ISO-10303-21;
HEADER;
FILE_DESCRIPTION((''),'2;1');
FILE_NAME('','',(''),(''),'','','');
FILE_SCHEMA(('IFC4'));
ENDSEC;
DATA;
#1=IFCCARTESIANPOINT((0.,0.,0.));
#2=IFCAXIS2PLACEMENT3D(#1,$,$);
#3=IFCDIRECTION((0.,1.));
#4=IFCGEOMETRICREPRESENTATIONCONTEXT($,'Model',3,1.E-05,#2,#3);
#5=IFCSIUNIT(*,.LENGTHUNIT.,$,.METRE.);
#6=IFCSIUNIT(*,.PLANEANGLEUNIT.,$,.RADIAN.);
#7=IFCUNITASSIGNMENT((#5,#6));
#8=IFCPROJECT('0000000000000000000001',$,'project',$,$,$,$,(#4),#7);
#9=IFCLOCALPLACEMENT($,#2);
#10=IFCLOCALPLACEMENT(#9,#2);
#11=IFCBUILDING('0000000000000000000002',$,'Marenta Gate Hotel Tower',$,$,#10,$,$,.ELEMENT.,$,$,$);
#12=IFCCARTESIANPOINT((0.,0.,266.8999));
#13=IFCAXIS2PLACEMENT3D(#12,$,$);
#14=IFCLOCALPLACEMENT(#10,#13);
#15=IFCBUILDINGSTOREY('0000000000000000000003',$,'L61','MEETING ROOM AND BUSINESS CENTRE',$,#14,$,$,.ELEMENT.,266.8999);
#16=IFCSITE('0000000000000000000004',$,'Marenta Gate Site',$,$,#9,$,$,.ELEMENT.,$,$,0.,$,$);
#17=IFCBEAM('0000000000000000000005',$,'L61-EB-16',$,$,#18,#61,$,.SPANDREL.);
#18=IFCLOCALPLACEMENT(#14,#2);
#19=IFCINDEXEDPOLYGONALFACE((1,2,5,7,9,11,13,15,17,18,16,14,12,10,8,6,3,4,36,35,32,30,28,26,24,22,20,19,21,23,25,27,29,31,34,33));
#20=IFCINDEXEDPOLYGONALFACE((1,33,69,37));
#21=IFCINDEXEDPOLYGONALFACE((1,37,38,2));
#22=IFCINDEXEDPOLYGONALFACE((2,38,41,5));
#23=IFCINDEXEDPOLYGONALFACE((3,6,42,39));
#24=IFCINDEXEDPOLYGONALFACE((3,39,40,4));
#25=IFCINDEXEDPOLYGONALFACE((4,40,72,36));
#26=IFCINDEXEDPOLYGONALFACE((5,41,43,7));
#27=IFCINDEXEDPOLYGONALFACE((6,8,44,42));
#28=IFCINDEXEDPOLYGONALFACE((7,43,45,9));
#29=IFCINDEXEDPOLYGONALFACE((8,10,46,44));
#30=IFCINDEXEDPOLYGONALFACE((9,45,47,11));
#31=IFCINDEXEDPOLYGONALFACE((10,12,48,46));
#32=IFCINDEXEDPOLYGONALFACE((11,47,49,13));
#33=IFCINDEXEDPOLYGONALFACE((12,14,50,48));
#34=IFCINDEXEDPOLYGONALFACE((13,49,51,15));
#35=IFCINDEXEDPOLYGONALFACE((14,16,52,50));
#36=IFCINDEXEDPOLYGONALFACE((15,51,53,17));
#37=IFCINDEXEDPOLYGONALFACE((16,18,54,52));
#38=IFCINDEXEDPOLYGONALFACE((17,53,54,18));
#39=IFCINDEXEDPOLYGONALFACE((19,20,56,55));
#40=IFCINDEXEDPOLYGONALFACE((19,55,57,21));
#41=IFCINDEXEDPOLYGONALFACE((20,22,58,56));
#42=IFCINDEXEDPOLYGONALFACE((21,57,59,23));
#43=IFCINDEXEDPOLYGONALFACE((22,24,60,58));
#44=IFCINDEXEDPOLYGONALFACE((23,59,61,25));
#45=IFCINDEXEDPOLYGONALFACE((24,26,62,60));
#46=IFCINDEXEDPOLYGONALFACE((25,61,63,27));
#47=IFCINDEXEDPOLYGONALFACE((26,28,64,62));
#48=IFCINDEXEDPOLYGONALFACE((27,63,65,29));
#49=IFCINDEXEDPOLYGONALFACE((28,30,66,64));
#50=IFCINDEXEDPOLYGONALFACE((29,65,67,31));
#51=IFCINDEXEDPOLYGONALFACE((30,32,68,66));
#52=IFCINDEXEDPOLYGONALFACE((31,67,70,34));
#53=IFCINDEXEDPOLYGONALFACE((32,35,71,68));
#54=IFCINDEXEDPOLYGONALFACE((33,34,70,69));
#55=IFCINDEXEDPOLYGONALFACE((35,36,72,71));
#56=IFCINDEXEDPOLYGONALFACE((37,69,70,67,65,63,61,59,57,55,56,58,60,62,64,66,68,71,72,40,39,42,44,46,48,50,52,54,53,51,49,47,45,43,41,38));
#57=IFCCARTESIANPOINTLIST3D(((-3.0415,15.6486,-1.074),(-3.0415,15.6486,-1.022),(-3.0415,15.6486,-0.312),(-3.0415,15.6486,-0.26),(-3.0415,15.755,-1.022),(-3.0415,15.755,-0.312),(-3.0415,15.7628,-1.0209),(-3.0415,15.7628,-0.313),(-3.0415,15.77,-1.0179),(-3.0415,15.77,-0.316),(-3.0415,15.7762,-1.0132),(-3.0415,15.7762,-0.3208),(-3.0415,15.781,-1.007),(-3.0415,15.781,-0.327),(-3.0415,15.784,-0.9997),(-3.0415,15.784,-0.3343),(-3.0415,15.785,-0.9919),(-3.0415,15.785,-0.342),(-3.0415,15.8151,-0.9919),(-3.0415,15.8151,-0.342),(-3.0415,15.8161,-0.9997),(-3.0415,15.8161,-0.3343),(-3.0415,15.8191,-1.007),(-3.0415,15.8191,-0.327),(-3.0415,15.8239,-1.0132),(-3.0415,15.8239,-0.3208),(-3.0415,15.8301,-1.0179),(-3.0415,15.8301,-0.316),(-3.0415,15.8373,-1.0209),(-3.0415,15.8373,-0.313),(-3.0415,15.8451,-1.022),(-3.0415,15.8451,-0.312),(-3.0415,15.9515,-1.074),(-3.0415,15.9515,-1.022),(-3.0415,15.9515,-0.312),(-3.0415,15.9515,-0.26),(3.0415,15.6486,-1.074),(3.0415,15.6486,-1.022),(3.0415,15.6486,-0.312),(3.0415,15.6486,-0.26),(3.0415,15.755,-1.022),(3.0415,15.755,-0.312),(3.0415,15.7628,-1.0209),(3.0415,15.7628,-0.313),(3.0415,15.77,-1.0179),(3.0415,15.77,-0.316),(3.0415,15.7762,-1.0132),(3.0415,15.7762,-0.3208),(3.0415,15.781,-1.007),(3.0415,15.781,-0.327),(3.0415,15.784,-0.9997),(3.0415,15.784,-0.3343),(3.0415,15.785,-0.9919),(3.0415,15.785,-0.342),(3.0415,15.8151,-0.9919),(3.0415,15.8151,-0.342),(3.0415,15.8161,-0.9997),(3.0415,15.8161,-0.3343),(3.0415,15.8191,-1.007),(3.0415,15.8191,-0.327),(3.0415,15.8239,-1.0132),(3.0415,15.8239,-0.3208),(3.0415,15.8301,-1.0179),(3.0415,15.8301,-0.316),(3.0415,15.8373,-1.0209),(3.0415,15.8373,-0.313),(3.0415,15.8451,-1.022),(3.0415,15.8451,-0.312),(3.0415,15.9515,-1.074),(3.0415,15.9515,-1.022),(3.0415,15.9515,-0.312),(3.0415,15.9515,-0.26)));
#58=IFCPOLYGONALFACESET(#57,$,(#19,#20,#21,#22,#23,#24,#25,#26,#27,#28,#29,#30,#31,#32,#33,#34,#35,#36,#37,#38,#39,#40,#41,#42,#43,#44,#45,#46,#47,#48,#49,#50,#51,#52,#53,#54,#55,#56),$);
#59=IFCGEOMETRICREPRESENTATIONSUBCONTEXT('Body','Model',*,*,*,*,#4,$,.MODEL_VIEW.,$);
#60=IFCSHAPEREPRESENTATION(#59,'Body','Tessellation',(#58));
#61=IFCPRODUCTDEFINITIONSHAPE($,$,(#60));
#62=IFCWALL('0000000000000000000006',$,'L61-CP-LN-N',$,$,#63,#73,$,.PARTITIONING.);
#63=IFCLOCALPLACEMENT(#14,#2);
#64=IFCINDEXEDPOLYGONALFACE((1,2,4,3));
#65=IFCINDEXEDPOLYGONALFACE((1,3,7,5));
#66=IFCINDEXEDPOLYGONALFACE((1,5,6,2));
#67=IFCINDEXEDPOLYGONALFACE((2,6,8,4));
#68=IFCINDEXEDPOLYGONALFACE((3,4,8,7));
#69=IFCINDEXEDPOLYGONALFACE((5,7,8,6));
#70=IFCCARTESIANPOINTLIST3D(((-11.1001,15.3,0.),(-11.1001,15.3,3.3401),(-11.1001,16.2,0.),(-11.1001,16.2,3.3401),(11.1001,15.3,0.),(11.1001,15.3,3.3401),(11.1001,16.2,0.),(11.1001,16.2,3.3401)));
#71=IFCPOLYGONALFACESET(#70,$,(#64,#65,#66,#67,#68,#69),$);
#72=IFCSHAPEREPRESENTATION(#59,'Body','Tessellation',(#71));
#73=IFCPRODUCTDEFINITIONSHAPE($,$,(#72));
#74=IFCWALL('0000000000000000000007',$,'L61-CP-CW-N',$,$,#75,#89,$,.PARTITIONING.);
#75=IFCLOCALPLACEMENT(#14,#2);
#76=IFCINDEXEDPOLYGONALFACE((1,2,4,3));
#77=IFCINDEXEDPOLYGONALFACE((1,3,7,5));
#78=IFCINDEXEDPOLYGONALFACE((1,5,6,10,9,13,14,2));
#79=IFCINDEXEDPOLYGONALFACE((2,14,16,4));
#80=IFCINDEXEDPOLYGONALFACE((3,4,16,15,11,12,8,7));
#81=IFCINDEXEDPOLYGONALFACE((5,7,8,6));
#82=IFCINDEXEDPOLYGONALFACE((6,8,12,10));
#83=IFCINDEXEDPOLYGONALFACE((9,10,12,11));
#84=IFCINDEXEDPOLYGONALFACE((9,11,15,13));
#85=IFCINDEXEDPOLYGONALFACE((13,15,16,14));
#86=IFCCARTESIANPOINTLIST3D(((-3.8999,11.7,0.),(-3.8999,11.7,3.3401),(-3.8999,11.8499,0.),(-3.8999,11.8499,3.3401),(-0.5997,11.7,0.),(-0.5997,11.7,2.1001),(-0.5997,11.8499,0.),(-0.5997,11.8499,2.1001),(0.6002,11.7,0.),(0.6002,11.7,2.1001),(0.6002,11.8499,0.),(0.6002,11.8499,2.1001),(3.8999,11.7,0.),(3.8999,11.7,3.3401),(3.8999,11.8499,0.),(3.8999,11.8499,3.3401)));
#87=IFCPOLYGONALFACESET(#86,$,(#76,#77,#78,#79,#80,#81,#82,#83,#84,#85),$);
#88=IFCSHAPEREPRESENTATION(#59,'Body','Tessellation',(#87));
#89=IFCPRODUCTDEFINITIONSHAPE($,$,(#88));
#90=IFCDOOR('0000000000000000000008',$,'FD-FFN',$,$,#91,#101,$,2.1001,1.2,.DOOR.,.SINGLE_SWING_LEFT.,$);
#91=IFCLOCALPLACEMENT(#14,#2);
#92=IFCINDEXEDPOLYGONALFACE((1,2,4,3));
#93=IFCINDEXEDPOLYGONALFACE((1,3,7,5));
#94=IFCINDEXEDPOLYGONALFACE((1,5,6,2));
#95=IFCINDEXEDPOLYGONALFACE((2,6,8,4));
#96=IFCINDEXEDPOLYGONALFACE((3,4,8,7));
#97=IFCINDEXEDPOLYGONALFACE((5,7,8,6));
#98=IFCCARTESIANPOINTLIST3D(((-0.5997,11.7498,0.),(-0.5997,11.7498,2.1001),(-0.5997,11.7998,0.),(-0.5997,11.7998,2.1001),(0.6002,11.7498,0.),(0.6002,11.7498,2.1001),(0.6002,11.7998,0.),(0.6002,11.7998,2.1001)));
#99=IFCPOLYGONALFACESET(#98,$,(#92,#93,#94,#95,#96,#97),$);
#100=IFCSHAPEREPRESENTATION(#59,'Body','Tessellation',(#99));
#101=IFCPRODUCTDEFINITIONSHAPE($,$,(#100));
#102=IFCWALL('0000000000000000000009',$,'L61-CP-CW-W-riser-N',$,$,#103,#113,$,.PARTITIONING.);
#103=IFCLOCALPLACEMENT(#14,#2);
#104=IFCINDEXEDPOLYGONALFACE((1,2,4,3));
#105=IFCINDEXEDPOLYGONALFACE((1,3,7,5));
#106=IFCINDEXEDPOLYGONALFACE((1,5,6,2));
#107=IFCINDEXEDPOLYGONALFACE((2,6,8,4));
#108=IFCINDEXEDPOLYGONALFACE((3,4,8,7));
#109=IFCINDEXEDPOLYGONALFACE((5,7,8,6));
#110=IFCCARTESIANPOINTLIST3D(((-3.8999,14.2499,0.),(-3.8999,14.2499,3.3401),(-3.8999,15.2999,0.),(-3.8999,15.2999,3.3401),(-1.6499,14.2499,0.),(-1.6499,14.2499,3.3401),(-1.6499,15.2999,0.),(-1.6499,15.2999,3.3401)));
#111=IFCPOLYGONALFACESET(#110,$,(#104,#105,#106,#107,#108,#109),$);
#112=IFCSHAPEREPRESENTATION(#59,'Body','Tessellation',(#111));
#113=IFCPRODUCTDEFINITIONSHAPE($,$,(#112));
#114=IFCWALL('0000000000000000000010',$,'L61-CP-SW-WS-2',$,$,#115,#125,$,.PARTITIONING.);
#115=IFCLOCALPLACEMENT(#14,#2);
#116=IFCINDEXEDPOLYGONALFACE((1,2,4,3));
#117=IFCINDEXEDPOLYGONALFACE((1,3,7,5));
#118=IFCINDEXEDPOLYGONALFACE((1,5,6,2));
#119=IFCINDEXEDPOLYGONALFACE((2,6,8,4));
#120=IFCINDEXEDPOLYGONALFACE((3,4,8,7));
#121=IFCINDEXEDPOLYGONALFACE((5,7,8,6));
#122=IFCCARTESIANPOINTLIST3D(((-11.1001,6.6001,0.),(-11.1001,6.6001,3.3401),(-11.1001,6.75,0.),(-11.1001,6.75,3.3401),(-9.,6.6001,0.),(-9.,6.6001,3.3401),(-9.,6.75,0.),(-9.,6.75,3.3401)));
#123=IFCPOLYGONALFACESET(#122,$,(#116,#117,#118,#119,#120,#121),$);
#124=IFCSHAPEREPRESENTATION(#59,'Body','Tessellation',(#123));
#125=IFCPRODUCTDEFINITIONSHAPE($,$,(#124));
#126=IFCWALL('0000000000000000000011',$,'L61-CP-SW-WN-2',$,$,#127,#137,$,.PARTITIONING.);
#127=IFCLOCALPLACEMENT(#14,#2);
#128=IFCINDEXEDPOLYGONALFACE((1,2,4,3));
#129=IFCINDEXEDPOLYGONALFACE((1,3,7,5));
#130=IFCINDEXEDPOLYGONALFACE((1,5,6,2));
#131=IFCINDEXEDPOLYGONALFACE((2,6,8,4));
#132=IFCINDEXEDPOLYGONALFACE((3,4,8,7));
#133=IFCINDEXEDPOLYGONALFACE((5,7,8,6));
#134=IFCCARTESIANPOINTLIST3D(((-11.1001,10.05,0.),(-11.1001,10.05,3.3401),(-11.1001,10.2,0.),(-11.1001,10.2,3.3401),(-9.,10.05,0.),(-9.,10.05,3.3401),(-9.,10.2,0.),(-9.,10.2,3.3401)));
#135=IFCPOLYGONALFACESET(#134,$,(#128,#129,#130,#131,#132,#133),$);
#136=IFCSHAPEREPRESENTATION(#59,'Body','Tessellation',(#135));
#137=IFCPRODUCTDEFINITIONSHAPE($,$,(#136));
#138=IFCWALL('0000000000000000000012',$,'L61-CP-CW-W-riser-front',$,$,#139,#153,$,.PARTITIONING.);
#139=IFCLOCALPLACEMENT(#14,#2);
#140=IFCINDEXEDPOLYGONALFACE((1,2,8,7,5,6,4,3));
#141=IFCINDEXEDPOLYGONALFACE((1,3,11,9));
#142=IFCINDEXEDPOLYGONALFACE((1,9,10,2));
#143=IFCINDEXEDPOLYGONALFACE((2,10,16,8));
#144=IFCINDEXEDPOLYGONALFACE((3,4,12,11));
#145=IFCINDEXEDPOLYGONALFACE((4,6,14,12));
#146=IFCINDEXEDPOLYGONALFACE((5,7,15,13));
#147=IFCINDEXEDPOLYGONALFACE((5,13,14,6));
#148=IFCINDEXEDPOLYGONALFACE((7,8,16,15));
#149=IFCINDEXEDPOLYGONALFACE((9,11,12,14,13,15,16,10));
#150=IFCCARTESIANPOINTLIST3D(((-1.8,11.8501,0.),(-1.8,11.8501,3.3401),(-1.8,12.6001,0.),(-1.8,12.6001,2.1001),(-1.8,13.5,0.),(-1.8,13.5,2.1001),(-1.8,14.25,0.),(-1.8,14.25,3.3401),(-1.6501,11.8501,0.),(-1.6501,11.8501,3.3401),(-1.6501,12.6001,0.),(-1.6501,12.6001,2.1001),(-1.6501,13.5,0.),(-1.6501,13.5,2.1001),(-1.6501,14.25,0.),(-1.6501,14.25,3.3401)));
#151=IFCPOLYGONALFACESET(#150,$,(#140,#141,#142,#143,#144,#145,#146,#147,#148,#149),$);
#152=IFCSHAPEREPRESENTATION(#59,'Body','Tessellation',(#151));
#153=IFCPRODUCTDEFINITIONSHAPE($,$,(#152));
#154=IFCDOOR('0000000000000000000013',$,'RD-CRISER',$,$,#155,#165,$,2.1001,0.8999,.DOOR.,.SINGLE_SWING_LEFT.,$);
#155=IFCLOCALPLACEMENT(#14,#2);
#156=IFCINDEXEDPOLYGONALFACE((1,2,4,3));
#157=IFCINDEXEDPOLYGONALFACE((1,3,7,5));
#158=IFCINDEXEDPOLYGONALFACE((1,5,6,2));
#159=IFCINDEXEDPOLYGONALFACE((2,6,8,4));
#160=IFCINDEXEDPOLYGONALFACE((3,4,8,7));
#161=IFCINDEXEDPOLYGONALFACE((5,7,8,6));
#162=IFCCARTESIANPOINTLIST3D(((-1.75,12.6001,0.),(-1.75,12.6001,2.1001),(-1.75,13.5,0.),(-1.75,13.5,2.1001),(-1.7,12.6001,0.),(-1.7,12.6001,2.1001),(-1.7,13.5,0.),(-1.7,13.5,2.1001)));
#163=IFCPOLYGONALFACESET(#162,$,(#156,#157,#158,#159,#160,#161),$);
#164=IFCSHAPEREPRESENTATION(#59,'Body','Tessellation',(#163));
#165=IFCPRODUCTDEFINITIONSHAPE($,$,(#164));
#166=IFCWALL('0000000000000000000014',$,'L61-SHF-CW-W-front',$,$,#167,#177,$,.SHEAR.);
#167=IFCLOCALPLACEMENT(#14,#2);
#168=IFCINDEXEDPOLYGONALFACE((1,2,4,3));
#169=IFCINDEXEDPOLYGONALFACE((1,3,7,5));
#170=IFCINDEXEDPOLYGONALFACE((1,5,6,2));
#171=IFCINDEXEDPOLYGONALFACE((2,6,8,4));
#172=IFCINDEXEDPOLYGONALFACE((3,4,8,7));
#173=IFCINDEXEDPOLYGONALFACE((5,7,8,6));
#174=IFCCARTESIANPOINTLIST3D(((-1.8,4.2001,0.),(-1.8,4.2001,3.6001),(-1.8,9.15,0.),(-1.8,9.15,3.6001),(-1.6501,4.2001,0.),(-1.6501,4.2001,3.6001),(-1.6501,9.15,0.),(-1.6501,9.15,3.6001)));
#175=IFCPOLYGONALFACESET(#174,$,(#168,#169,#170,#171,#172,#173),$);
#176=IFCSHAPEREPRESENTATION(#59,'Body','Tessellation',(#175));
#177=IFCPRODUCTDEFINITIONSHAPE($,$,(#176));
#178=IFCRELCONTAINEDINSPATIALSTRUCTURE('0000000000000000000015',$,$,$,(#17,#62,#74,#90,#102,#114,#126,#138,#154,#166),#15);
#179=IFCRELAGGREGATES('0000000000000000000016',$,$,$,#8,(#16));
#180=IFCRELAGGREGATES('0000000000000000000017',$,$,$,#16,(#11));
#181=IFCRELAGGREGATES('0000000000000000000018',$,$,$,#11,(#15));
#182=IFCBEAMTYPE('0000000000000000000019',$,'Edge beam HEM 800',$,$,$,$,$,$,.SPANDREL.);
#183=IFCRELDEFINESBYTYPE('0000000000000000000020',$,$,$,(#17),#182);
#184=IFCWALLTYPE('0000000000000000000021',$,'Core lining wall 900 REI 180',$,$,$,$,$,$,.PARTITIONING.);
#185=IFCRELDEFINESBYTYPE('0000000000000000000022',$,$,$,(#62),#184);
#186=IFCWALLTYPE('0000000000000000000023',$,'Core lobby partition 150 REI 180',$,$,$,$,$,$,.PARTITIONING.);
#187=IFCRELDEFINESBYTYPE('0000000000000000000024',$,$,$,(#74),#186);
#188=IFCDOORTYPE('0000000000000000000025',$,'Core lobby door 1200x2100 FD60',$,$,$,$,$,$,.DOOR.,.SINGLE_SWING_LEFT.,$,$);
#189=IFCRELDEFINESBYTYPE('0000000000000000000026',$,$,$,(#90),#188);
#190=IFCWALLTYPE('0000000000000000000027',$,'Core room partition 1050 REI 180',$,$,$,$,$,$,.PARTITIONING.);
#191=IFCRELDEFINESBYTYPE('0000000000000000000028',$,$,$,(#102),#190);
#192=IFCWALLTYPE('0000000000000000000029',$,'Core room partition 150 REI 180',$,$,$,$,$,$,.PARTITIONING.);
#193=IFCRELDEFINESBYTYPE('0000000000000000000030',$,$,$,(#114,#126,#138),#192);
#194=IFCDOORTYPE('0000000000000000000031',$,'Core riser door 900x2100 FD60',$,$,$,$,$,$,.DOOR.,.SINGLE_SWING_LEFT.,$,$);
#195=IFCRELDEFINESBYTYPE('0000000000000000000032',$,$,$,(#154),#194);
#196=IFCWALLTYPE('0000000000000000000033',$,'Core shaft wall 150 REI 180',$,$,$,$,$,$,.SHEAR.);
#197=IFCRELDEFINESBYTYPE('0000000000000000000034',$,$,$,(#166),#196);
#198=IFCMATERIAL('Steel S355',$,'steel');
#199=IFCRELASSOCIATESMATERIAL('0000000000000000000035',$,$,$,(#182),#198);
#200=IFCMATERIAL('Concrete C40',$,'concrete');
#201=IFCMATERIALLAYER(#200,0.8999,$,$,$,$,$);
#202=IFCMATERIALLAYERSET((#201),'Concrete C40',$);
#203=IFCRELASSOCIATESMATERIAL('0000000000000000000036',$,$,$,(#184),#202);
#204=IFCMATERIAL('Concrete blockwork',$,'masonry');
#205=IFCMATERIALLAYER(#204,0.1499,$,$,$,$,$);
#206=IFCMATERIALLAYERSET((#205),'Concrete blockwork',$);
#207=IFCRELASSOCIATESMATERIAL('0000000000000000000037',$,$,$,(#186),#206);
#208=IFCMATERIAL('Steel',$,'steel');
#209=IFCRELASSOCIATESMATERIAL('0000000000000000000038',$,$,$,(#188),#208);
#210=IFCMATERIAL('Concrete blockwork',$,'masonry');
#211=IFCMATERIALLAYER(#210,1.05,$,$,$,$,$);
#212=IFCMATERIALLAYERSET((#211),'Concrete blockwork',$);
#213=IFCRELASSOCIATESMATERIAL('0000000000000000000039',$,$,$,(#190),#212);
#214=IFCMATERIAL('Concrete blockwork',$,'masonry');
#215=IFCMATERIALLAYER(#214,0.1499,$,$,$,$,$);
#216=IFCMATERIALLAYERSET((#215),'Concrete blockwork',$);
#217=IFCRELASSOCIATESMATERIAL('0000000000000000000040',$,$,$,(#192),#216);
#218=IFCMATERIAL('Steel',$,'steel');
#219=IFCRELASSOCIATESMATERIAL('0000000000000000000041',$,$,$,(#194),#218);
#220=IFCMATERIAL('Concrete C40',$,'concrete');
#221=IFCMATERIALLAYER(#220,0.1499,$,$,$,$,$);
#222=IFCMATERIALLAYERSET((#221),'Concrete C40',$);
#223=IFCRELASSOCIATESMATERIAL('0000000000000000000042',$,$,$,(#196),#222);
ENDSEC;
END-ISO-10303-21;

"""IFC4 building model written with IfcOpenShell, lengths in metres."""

from ifc_helpers import new_model, si_unit, direction, frame, frame_2d, origin, origin_2d, place, context, subcontext, project, spatial, rectangle, i_section, extrude, material, layer, layer_set, material_profile, profile_set, type_object, element, fill, save


model = new_model("IFC4")

# Units and contexts
model_context = context("Model", 3, precision=1e-05, world=origin(), true_north=direction((0.0, 1.0)))
body_context = subcontext(model_context, "Body", "Model", "MODEL_VIEW")
ifc_project = project(units=[si_unit("LENGTHUNIT", "METRE"), si_unit("PLANEANGLEUNIT", "RADIAN")], contexts=[model_context])

# Site, building, storey
site_placement = place(None, origin())
site = spatial("IfcSite", under=ifc_project, at=site_placement, Name="Marenta Gate Site", CompositionType="ELEMENT", RefElevation=0.0)
building_placement = place(site_placement, origin())
building = spatial("IfcBuilding", under=site, at=building_placement, Name="Marenta Gate Hotel Tower", CompositionType="ELEMENT")
storey_placement = place(building_placement, frame((0.0, 0.0, 266.8999)))
storey = spatial("IfcBuildingStorey", under=building, at=storey_placement, Name="L61", Description="MEETING ROOM AND BUSINESS CENTRE", CompositionType="ELEMENT", Elevation=266.8999)

# Beam
ifc_material_1 = material(Name="Steel S355", Category="steel")
ifc_material_profile_1 = material_profile(ifc_material_1, i_section(OverallWidth=0.303, OverallDepth=0.814, WebThickness=0.03, FlangeThickness=0.052, FilletRadius=0.03, at=origin_2d()), Name="HEM 800")
ifc_profile_set_1 = profile_set([ifc_material_profile_1], Name="Steel S355")
beam_type = type_object("IfcBeamType", Name="Edge beam HEM 800", PredefinedType="SPANDREL", material=ifc_profile_set_1)
beam_1_placement = place(storey_placement, frame((-3.0415, 15.8, -0.667), z_axis=(1.0, 0.0, 0.0), x_axis=(0.0, 1.0, 0.0)))
element("IfcBeam", 1, at=beam_1_placement, inside=storey, type_object=beam_type, Name="L61-EB-16", PredefinedType="SPANDREL", context=body_context, shape_type="SweptSolid", body=[
    extrude(i_section(OverallWidth=0.303, OverallDepth=0.814, WebThickness=0.03, FlangeThickness=0.052, FilletRadius=0.03, at=origin_2d()), origin(), (0.0, 0.0, 1.0), 6.083),
])

# Wall
ifc_material_2 = material(Name="Concrete C40", Category="concrete")
ifc_layer_1 = layer(ifc_material_2, 0.8999)
ifc_layer_set_1 = layer_set([ifc_layer_1], Name="Concrete C40")
wall_type_1 = type_object("IfcWallType", Name="Core lining wall 900 REI 180", PredefinedType="PARTITIONING", material=ifc_layer_set_1)
wall_1_placement = place(storey_placement, frame((-11.1001, 15.75, 0.0), z_axis=(0.0, 0.0, 1.0), x_axis=(1.0, 0.0, 0.0)))
element("IfcWall", 2, at=wall_1_placement, inside=storey, type_object=wall_type_1, Name="L61-CP-LN-N", PredefinedType="PARTITIONING", context=body_context, shape_type="SweptSolid", body=[
    extrude(rectangle(XDim=22.2002, YDim=0.8999, at=frame_2d((11.1001, 0.0))), origin(), (0.0, 0.0, 1.0), 3.3401),
])

# Wall, opening, door
ifc_material_3 = material(Name="Concrete blockwork", Category="masonry")
ifc_layer_2 = layer(ifc_material_3, 0.1499)
ifc_layer_set_2 = layer_set([ifc_layer_2], Name="Concrete blockwork")
wall_type_2 = type_object("IfcWallType", Name="Core lobby partition 150 REI 180", PredefinedType="PARTITIONING", material=ifc_layer_set_2)
wall_2_placement = place(storey_placement, frame((-3.8999, 11.7749, 0.0), z_axis=(0.0, 0.0, 1.0), x_axis=(1.0, 0.0, 0.0)))
wall_2 = element("IfcWall", 3, at=wall_2_placement, inside=storey, type_object=wall_type_2, Name="L61-CP-CW-N", PredefinedType="PARTITIONING", context=body_context, shape_type="SweptSolid", body=[
    extrude(rectangle(XDim=7.7998, YDim=0.1499, at=frame_2d((3.8999, 0.0))), origin(), (0.0, 0.0, 1.0), 3.3401),
])
opening_1_placement = place(wall_2_placement, frame((3.3, 0.0, 0.0)))
opening_1 = element("IfcOpeningElement", 4, at=opening_1_placement, cuts=wall_2, PredefinedType="OPENING", context=body_context, shape_type="SweptSolid", body=[
    extrude(rectangle(XDim=1.2, YDim=2.1001, at=frame_2d((0.6001, 1.05))), frame((0.0, 0.075, 0.0), z_axis=(0.0, -1.0, 0.0), x_axis=(1.0, 0.0, 0.0)), (0.0, 0.0, 1.0), 0.1499),
])
ifc_material_4 = material(Name="Steel", Category="steel")
door_type_1 = type_object("IfcDoorType", Name="Core lobby door 1200x2100 FD60", OperationType="SINGLE_SWING_LEFT", PredefinedType="DOOR", material=ifc_material_4)
door_1_placement = place(opening_1_placement, origin())
door_1 = element("IfcDoor", 5, at=door_1_placement, inside=storey, type_object=door_type_1, Name="FD-FFN", OperationType="SINGLE_SWING_LEFT", OverallHeight=2.1001, OverallWidth=1.2, PredefinedType="DOOR", context=body_context, shape_type="SweptSolid", body=[
    extrude(rectangle(XDim=1.2, YDim=2.1001, at=frame_2d((0.6001, 1.05))), frame((0.0, 0.0249, 0.0), z_axis=(0.0, -1.0, 0.0), x_axis=(1.0, 0.0, 0.0)), (0.0, 0.0, 1.0), 0.05),
])
fill(opening_1, door_1)

# Walls
ifc_material_5 = material(Name="Concrete blockwork", Category="masonry")
ifc_layer_3 = layer(ifc_material_5, 1.05)
ifc_layer_set_3 = layer_set([ifc_layer_3], Name="Concrete blockwork")
wall_type_3 = type_object("IfcWallType", Name="Core room partition 1050 REI 180", PredefinedType="PARTITIONING", material=ifc_layer_set_3)
wall_3_placement = place(storey_placement, frame((-3.8999, 14.7749, 0.0), z_axis=(0.0, 0.0, 1.0), x_axis=(1.0, 0.0, 0.0)))
element("IfcWall", 6, at=wall_3_placement, inside=storey, type_object=wall_type_3, Name="L61-CP-CW-W-riser-N", PredefinedType="PARTITIONING", context=body_context, shape_type="SweptSolid", body=[
    extrude(rectangle(XDim=2.25, YDim=1.05, at=frame_2d((1.125, 0.0))), origin(), (0.0, 0.0, 1.0), 3.3401),
])
ifc_material_6 = material(Name="Concrete blockwork", Category="masonry")
ifc_layer_4 = layer(ifc_material_6, 0.1499)
ifc_layer_set_4 = layer_set([ifc_layer_4], Name="Concrete blockwork")
wall_type_4 = type_object("IfcWallType", Name="Core room partition 150 REI 180", PredefinedType="PARTITIONING", material=ifc_layer_set_4)
for number, where, z_axis, x_axis, name in (
    (7, (-11.1001, 6.675, 0.0), (0.0, 0.0, 1.0), (1.0, 0.0, 0.0), "L61-CP-SW-WS-2"),
    (8, (-11.1001, 10.125, 0.0), (0.0, 0.0, 1.0), (1.0, 0.0, 0.0), "L61-CP-SW-WN-2"),
):
    element("IfcWall", number, at=place(storey_placement, frame(where, z_axis=z_axis, x_axis=x_axis)), inside=storey, type_object=wall_type_4, Name=name, PredefinedType="PARTITIONING", context=body_context, shape_type="SweptSolid", body=[
        extrude(rectangle(XDim=2.1001, YDim=0.1499, at=frame_2d((1.05, 0.0))), origin(), (0.0, 0.0, 1.0), 3.3401),
    ])

# Wall, opening, door
wall_4_placement = place(storey_placement, frame((-1.7251, 11.8501, 0.0), z_axis=(0.0, 0.0, 1.0), x_axis=(0.0, 1.0, 0.0)))
wall_4 = element("IfcWall", 9, at=wall_4_placement, inside=storey, type_object=wall_type_4, Name="L61-CP-CW-W-riser-front", PredefinedType="PARTITIONING", context=body_context, shape_type="SweptSolid", body=[
    extrude(rectangle(XDim=2.3999, YDim=0.1499, at=frame_2d((1.2, 0.0))), origin(), (0.0, 0.0, 1.0), 3.3401),
])
opening_2_placement = place(wall_4_placement, frame((0.75, 0.0, 0.0)))
opening_2 = element("IfcOpeningElement", 10, at=opening_2_placement, cuts=wall_4, PredefinedType="OPENING", context=body_context, shape_type="SweptSolid", body=[
    extrude(rectangle(XDim=0.8999, YDim=2.1001, at=frame_2d((0.45, 1.05))), frame((0.0, 0.075, 0.0), z_axis=(0.0, -1.0, 0.0), x_axis=(1.0, 0.0, 0.0)), (0.0, 0.0, 1.0), 0.1499),
])
ifc_material_7 = material(Name="Steel", Category="steel")
door_type_2 = type_object("IfcDoorType", Name="Core riser door 900x2100 FD60", OperationType="SINGLE_SWING_LEFT", PredefinedType="DOOR", material=ifc_material_7)
door_2_placement = place(opening_2_placement, origin())
door_2 = element("IfcDoor", 11, at=door_2_placement, inside=storey, type_object=door_type_2, Name="RD-CRISER", OperationType="SINGLE_SWING_LEFT", OverallHeight=2.1001, OverallWidth=0.8999, PredefinedType="DOOR", context=body_context, shape_type="SweptSolid", body=[
    extrude(rectangle(XDim=0.8999, YDim=2.1001, at=frame_2d((0.45, 1.05))), frame((0.0, 0.0249, 0.0), z_axis=(0.0, -1.0, 0.0), x_axis=(1.0, 0.0, 0.0)), (0.0, 0.0, 1.0), 0.05),
])
fill(opening_2, door_2)

# Wall
ifc_material_8 = material(Name="Concrete C40", Category="concrete")
ifc_layer_5 = layer(ifc_material_8, 0.1499)
ifc_layer_set_5 = layer_set([ifc_layer_5], Name="Concrete C40")
wall_type_5 = type_object("IfcWallType", Name="Core shaft wall 150 REI 180", PredefinedType="SHEAR", material=ifc_layer_set_5)
wall_5_placement = place(storey_placement, frame((-1.7251, 4.2, 0.0), z_axis=(0.0, 0.0, 1.0), x_axis=(0.0, 1.0, 0.0)))
element("IfcWall", 12, at=wall_5_placement, inside=storey, type_object=wall_type_5, Name="L61-SHF-CW-W-front", PredefinedType="SHEAR", context=body_context, shape_type="SweptSolid", body=[
    extrude(rectangle(XDim=4.95, YDim=0.1499, at=frame_2d((2.4751, 0.0))), origin(), (0.0, 0.0, 1.0), 3.6001),
])

save(model, "model.ifc")
